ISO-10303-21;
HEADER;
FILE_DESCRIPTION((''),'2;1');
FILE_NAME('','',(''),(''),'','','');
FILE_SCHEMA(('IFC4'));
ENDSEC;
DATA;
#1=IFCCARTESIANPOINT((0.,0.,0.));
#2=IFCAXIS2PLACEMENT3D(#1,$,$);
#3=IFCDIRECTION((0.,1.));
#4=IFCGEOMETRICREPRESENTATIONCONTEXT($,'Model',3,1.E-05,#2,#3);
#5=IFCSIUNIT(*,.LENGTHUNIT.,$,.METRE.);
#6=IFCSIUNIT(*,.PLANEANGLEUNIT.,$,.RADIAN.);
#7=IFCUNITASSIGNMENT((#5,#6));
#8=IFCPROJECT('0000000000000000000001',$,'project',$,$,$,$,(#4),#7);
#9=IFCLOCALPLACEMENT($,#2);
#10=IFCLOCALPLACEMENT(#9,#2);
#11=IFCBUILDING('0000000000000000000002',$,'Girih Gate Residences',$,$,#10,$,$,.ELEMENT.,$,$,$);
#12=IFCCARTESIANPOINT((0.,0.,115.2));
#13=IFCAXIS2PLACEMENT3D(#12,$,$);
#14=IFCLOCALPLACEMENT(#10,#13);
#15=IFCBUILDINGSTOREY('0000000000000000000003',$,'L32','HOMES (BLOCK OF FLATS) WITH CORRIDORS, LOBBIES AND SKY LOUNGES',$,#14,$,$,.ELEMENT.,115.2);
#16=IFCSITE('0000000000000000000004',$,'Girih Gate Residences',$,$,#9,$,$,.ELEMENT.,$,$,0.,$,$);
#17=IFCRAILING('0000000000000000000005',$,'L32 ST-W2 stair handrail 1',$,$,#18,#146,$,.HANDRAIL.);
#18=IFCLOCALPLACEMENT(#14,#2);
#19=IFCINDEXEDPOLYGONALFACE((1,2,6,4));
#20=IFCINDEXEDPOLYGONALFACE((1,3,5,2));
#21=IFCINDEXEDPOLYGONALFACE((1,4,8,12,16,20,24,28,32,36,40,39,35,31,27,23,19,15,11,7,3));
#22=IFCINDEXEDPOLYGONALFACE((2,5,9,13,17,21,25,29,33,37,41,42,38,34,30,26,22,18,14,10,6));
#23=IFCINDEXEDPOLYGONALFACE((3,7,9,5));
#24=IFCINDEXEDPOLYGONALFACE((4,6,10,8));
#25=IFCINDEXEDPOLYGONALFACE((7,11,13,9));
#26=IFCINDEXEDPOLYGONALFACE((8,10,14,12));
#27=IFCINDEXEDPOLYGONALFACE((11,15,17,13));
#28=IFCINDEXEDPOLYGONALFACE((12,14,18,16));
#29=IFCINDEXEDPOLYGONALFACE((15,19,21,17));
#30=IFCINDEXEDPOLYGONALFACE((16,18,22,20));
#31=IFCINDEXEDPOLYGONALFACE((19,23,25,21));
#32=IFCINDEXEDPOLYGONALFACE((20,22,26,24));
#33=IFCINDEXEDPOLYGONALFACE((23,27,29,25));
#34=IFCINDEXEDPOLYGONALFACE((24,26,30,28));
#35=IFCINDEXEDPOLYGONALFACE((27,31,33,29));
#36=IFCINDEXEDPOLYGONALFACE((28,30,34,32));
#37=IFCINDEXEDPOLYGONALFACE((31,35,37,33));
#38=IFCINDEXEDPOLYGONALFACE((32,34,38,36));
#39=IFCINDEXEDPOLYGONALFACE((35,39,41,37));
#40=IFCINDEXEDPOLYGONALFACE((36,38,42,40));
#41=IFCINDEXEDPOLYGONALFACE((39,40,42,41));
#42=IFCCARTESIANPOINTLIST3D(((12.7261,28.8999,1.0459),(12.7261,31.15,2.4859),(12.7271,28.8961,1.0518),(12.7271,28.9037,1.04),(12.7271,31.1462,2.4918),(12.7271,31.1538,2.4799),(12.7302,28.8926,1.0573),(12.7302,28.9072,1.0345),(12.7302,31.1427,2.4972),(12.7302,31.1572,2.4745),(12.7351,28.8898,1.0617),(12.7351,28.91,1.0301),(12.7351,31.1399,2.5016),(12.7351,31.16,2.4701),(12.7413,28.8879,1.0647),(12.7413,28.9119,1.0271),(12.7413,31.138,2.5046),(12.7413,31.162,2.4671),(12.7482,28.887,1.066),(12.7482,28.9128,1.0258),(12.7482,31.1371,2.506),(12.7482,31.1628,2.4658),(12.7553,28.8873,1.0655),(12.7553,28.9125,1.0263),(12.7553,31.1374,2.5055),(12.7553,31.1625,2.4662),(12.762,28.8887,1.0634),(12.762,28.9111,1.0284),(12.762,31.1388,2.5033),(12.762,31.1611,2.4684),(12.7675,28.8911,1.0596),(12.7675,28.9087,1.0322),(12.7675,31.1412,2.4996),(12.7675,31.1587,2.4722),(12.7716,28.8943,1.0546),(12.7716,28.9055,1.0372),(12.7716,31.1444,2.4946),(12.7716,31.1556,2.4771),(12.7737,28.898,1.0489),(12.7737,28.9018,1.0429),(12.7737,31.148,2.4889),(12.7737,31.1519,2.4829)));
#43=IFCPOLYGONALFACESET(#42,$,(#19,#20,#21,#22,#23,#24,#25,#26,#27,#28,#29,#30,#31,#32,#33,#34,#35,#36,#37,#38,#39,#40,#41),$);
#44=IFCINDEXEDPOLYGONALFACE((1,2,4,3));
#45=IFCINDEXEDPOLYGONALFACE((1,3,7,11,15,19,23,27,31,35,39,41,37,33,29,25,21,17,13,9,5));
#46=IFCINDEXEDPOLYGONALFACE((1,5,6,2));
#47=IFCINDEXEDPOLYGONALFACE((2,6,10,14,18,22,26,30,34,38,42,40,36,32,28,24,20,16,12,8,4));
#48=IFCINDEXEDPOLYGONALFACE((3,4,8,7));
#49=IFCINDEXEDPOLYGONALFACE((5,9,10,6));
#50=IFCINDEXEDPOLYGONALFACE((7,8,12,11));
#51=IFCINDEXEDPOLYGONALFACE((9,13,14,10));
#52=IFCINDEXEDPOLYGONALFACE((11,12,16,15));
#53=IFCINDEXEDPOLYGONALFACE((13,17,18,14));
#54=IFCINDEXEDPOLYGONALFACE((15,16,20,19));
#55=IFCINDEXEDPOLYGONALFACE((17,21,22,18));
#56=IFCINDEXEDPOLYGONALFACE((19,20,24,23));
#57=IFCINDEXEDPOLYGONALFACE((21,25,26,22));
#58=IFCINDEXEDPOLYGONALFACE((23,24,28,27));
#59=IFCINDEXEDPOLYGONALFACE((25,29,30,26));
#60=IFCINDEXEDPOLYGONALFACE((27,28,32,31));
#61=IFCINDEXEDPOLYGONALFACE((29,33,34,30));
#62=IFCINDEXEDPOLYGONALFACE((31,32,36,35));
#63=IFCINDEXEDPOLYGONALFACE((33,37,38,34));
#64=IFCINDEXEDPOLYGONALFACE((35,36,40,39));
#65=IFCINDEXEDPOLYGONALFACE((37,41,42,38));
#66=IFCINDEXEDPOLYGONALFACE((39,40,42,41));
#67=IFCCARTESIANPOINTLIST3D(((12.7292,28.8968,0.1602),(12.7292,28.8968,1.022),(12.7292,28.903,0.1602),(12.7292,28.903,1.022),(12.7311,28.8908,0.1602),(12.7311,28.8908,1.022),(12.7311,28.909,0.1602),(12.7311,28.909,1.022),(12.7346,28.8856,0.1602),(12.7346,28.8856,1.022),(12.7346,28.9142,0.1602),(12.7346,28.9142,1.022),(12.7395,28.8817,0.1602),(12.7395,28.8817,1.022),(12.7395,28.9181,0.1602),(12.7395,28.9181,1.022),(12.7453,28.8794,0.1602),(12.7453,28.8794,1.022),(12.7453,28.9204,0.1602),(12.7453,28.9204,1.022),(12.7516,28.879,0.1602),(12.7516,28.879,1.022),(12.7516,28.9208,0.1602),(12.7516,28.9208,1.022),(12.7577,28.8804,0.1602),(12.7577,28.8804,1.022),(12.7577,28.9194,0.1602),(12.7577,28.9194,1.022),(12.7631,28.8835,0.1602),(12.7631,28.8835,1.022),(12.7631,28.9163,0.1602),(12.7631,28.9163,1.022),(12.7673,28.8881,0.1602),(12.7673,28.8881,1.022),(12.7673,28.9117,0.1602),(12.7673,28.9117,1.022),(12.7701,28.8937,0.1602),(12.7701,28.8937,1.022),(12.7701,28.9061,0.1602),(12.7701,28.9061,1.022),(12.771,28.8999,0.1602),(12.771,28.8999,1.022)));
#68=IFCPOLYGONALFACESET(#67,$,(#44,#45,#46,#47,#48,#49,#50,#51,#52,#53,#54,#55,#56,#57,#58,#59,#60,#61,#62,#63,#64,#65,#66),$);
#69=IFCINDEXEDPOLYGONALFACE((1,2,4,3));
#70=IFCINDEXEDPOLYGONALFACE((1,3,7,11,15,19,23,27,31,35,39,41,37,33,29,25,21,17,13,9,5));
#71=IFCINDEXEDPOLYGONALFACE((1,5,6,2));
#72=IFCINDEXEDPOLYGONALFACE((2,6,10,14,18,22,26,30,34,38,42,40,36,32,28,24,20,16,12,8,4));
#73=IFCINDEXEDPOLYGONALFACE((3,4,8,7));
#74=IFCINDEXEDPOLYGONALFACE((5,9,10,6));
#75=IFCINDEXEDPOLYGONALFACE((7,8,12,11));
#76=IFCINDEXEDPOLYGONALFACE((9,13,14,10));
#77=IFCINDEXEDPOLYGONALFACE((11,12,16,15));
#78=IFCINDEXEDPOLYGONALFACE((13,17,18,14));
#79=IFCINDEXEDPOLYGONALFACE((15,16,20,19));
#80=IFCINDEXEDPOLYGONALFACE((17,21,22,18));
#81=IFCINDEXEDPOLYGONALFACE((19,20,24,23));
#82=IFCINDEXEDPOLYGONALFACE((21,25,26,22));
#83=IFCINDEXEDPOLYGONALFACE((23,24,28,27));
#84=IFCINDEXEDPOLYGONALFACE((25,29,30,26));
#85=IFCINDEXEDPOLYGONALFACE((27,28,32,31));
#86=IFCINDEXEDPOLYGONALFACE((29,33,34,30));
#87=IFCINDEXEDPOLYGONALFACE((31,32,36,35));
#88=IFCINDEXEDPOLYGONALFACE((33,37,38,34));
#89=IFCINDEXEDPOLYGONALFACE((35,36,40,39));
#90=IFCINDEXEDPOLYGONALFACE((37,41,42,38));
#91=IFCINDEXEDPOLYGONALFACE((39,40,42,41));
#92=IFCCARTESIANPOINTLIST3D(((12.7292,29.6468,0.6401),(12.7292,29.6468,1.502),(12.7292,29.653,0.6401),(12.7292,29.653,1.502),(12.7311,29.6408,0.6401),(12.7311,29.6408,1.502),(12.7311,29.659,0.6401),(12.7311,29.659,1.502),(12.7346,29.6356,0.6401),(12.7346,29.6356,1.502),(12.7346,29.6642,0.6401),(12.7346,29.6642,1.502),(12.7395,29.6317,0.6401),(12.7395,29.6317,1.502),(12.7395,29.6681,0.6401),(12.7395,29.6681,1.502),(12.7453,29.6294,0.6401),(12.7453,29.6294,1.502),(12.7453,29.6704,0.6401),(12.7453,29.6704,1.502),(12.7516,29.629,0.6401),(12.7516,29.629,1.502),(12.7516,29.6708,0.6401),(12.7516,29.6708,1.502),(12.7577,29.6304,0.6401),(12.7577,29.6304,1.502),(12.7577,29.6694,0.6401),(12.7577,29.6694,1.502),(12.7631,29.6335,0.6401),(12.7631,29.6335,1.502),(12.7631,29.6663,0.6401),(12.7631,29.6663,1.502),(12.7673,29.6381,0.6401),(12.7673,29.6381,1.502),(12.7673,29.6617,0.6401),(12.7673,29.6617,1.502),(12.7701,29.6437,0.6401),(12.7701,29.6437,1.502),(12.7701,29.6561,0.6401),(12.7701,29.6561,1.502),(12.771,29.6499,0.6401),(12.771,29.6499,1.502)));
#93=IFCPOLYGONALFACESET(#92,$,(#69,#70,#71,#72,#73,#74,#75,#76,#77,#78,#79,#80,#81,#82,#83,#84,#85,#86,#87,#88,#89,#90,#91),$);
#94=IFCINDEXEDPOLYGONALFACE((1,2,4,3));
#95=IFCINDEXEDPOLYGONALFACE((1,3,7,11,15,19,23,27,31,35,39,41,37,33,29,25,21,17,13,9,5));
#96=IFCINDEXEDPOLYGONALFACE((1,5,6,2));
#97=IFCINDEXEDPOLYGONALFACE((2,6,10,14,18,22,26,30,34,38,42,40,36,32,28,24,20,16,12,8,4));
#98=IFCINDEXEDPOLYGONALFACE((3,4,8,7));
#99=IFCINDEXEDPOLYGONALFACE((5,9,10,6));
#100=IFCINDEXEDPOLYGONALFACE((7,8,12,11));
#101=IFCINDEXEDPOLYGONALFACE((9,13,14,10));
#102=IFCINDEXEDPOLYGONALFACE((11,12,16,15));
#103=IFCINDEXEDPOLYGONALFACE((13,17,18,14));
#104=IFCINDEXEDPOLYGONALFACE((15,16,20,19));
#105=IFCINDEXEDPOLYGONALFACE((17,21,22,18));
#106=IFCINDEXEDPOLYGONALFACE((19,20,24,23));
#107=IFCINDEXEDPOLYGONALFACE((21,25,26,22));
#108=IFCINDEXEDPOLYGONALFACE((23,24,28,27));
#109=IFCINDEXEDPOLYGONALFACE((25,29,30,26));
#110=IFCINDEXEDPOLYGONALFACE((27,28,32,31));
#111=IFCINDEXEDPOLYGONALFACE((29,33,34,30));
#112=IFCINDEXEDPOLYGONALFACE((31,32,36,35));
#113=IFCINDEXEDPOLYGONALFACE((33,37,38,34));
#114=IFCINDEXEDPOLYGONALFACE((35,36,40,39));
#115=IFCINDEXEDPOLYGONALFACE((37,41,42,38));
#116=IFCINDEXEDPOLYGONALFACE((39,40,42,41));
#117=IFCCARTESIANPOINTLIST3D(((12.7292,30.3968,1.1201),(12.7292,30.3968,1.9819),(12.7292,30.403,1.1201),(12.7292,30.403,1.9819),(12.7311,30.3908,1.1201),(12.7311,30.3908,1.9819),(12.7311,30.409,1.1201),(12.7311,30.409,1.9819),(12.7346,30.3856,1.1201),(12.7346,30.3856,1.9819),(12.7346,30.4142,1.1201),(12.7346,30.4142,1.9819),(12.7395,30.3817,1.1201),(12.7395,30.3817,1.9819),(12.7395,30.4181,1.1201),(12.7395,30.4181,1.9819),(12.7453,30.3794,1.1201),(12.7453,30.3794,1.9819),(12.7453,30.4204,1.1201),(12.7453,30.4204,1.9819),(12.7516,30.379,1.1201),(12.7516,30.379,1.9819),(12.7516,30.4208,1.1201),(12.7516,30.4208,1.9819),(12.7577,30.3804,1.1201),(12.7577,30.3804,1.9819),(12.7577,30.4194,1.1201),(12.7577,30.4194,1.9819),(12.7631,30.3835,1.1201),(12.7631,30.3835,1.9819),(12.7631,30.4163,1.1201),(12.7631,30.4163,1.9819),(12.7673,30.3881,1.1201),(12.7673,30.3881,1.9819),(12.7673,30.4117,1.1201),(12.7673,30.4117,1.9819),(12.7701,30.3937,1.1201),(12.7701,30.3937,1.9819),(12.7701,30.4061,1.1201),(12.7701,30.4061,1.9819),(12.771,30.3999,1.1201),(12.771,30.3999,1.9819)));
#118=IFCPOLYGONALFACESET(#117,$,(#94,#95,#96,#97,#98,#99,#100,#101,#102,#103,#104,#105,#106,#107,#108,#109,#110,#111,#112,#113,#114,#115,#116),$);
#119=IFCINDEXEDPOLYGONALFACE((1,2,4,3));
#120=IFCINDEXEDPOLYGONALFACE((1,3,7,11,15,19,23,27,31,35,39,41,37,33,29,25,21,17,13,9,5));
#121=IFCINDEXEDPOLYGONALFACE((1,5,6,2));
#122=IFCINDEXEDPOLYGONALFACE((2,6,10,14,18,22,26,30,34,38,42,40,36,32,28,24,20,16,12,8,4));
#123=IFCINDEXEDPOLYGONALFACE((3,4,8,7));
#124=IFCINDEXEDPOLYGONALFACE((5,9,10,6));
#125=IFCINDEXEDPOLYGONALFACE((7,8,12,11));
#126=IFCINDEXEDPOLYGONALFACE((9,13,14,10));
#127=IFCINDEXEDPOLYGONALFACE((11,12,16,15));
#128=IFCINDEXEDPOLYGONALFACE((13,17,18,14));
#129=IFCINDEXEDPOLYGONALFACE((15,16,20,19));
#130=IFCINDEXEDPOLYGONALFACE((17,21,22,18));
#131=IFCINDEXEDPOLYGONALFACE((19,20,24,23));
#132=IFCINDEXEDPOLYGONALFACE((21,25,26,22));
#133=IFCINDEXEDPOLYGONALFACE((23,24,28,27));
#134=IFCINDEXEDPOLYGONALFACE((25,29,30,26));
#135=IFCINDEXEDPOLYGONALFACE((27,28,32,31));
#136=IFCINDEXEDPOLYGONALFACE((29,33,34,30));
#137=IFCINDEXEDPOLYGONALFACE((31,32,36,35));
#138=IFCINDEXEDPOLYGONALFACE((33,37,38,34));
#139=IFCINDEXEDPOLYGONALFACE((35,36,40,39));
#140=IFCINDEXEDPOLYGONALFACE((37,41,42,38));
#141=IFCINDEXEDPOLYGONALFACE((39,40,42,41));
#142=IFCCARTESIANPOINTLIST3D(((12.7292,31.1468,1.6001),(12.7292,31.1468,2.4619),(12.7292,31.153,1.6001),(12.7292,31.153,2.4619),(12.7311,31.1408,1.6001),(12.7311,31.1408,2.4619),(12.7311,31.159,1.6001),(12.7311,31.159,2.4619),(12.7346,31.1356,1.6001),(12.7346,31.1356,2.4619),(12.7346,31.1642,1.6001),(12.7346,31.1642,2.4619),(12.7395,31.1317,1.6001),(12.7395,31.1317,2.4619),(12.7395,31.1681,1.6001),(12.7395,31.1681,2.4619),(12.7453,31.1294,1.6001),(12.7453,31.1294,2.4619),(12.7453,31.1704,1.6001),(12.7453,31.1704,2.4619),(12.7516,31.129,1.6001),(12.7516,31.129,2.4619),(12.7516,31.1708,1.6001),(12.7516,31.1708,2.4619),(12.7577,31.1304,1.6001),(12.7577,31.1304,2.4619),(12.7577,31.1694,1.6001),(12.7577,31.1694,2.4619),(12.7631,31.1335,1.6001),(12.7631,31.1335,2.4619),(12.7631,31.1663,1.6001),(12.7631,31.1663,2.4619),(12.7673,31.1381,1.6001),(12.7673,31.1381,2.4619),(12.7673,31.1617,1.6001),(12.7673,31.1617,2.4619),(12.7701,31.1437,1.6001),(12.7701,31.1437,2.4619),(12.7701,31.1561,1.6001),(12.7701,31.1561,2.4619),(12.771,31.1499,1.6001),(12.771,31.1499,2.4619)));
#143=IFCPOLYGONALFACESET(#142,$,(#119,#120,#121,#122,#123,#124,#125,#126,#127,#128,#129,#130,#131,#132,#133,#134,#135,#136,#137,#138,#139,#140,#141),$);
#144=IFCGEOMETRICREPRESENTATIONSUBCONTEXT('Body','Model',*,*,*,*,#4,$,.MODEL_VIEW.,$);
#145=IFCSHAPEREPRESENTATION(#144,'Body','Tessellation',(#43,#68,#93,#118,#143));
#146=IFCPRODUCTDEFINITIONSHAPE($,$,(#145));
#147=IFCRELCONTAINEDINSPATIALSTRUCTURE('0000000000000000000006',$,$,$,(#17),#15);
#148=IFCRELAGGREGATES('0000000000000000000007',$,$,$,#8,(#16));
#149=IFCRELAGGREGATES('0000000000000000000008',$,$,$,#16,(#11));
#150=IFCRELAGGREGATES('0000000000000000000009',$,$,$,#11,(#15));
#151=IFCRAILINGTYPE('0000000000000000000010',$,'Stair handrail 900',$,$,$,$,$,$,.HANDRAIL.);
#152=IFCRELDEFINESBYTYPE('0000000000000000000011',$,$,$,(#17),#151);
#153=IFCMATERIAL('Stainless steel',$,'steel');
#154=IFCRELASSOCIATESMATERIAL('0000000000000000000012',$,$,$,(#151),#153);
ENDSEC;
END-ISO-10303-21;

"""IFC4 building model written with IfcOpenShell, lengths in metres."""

from ifc_helpers import new_model, si_unit, direction, frame, origin, origin_2d, place, context, subcontext, project, spatial, circle, extrude, material, type_object, element, save


model = new_model("IFC4")

# Units and contexts
model_context = context("Model", 3, precision=1e-05, world=origin(), true_north=direction((0.0, 1.0)))
body_context = subcontext(model_context, "Body", "Model", "MODEL_VIEW")
ifc_project = project(units=[si_unit("LENGTHUNIT", "METRE"), si_unit("PLANEANGLEUNIT", "RADIAN")], contexts=[model_context])

# Site, building, storey
site_placement = place(None, origin())
site = spatial("IfcSite", under=ifc_project, at=site_placement, Name="Girih Gate Residences", CompositionType="ELEMENT", RefElevation=0.0)
building_placement = place(site_placement, origin())
building = spatial("IfcBuilding", under=site, at=building_placement, Name="Girih Gate Residences", CompositionType="ELEMENT")
storey_placement = place(building_placement, frame((0.0, 0.0, 115.2)))
storey = spatial("IfcBuildingStorey", under=building, at=storey_placement, Name="L32", Description="HOMES (BLOCK OF FLATS) WITH CORRIDORS, LOBBIES AND SKY LOUNGES", CompositionType="ELEMENT", Elevation=115.2)

# Railing
ifc_material_1 = material(Name="Stainless steel", Category="steel")
railing_type_1 = type_object("IfcRailingType", Name="Stair handrail 900", PredefinedType="HANDRAIL", material=ifc_material_1)
railing_1_placement = place(storey_placement, frame((12.75, 28.8999, 0.1602)))
element("IfcRailing", 1, at=railing_1_placement, inside=storey, type_object=railing_type_1, Name="L32 ST-W2 stair handrail 1", PredefinedType="HANDRAIL", context=body_context, shape_type="SweptSolid", body=[
    extrude(circle(Radius=0.0239, at=origin_2d()), frame((0.0, 0.0, 0.8857), z_axis=(0.0, 0.842281, 0.539038), x_axis=(-1.0, 0.0, 0.0)), (0.0, 0.0, 1.0), 2.6714),
    extrude(circle(Radius=0.021, at=origin_2d()), origin(), (0.0, 0.0, 1.0), 0.8618),
    extrude(circle(Radius=0.021, at=origin_2d()), frame((0.0, 0.75, 0.48)), (0.0, 0.0, 1.0), 0.8618),
    extrude(circle(Radius=0.021, at=origin_2d()), frame((0.0, 1.5, 0.96)), (0.0, 0.0, 1.0), 0.8618),
    extrude(circle(Radius=0.021, at=origin_2d()), frame((0.0, 2.25, 1.4399)), (0.0, 0.0, 1.0), 0.8618),
])

save(model, "model.ifc")
